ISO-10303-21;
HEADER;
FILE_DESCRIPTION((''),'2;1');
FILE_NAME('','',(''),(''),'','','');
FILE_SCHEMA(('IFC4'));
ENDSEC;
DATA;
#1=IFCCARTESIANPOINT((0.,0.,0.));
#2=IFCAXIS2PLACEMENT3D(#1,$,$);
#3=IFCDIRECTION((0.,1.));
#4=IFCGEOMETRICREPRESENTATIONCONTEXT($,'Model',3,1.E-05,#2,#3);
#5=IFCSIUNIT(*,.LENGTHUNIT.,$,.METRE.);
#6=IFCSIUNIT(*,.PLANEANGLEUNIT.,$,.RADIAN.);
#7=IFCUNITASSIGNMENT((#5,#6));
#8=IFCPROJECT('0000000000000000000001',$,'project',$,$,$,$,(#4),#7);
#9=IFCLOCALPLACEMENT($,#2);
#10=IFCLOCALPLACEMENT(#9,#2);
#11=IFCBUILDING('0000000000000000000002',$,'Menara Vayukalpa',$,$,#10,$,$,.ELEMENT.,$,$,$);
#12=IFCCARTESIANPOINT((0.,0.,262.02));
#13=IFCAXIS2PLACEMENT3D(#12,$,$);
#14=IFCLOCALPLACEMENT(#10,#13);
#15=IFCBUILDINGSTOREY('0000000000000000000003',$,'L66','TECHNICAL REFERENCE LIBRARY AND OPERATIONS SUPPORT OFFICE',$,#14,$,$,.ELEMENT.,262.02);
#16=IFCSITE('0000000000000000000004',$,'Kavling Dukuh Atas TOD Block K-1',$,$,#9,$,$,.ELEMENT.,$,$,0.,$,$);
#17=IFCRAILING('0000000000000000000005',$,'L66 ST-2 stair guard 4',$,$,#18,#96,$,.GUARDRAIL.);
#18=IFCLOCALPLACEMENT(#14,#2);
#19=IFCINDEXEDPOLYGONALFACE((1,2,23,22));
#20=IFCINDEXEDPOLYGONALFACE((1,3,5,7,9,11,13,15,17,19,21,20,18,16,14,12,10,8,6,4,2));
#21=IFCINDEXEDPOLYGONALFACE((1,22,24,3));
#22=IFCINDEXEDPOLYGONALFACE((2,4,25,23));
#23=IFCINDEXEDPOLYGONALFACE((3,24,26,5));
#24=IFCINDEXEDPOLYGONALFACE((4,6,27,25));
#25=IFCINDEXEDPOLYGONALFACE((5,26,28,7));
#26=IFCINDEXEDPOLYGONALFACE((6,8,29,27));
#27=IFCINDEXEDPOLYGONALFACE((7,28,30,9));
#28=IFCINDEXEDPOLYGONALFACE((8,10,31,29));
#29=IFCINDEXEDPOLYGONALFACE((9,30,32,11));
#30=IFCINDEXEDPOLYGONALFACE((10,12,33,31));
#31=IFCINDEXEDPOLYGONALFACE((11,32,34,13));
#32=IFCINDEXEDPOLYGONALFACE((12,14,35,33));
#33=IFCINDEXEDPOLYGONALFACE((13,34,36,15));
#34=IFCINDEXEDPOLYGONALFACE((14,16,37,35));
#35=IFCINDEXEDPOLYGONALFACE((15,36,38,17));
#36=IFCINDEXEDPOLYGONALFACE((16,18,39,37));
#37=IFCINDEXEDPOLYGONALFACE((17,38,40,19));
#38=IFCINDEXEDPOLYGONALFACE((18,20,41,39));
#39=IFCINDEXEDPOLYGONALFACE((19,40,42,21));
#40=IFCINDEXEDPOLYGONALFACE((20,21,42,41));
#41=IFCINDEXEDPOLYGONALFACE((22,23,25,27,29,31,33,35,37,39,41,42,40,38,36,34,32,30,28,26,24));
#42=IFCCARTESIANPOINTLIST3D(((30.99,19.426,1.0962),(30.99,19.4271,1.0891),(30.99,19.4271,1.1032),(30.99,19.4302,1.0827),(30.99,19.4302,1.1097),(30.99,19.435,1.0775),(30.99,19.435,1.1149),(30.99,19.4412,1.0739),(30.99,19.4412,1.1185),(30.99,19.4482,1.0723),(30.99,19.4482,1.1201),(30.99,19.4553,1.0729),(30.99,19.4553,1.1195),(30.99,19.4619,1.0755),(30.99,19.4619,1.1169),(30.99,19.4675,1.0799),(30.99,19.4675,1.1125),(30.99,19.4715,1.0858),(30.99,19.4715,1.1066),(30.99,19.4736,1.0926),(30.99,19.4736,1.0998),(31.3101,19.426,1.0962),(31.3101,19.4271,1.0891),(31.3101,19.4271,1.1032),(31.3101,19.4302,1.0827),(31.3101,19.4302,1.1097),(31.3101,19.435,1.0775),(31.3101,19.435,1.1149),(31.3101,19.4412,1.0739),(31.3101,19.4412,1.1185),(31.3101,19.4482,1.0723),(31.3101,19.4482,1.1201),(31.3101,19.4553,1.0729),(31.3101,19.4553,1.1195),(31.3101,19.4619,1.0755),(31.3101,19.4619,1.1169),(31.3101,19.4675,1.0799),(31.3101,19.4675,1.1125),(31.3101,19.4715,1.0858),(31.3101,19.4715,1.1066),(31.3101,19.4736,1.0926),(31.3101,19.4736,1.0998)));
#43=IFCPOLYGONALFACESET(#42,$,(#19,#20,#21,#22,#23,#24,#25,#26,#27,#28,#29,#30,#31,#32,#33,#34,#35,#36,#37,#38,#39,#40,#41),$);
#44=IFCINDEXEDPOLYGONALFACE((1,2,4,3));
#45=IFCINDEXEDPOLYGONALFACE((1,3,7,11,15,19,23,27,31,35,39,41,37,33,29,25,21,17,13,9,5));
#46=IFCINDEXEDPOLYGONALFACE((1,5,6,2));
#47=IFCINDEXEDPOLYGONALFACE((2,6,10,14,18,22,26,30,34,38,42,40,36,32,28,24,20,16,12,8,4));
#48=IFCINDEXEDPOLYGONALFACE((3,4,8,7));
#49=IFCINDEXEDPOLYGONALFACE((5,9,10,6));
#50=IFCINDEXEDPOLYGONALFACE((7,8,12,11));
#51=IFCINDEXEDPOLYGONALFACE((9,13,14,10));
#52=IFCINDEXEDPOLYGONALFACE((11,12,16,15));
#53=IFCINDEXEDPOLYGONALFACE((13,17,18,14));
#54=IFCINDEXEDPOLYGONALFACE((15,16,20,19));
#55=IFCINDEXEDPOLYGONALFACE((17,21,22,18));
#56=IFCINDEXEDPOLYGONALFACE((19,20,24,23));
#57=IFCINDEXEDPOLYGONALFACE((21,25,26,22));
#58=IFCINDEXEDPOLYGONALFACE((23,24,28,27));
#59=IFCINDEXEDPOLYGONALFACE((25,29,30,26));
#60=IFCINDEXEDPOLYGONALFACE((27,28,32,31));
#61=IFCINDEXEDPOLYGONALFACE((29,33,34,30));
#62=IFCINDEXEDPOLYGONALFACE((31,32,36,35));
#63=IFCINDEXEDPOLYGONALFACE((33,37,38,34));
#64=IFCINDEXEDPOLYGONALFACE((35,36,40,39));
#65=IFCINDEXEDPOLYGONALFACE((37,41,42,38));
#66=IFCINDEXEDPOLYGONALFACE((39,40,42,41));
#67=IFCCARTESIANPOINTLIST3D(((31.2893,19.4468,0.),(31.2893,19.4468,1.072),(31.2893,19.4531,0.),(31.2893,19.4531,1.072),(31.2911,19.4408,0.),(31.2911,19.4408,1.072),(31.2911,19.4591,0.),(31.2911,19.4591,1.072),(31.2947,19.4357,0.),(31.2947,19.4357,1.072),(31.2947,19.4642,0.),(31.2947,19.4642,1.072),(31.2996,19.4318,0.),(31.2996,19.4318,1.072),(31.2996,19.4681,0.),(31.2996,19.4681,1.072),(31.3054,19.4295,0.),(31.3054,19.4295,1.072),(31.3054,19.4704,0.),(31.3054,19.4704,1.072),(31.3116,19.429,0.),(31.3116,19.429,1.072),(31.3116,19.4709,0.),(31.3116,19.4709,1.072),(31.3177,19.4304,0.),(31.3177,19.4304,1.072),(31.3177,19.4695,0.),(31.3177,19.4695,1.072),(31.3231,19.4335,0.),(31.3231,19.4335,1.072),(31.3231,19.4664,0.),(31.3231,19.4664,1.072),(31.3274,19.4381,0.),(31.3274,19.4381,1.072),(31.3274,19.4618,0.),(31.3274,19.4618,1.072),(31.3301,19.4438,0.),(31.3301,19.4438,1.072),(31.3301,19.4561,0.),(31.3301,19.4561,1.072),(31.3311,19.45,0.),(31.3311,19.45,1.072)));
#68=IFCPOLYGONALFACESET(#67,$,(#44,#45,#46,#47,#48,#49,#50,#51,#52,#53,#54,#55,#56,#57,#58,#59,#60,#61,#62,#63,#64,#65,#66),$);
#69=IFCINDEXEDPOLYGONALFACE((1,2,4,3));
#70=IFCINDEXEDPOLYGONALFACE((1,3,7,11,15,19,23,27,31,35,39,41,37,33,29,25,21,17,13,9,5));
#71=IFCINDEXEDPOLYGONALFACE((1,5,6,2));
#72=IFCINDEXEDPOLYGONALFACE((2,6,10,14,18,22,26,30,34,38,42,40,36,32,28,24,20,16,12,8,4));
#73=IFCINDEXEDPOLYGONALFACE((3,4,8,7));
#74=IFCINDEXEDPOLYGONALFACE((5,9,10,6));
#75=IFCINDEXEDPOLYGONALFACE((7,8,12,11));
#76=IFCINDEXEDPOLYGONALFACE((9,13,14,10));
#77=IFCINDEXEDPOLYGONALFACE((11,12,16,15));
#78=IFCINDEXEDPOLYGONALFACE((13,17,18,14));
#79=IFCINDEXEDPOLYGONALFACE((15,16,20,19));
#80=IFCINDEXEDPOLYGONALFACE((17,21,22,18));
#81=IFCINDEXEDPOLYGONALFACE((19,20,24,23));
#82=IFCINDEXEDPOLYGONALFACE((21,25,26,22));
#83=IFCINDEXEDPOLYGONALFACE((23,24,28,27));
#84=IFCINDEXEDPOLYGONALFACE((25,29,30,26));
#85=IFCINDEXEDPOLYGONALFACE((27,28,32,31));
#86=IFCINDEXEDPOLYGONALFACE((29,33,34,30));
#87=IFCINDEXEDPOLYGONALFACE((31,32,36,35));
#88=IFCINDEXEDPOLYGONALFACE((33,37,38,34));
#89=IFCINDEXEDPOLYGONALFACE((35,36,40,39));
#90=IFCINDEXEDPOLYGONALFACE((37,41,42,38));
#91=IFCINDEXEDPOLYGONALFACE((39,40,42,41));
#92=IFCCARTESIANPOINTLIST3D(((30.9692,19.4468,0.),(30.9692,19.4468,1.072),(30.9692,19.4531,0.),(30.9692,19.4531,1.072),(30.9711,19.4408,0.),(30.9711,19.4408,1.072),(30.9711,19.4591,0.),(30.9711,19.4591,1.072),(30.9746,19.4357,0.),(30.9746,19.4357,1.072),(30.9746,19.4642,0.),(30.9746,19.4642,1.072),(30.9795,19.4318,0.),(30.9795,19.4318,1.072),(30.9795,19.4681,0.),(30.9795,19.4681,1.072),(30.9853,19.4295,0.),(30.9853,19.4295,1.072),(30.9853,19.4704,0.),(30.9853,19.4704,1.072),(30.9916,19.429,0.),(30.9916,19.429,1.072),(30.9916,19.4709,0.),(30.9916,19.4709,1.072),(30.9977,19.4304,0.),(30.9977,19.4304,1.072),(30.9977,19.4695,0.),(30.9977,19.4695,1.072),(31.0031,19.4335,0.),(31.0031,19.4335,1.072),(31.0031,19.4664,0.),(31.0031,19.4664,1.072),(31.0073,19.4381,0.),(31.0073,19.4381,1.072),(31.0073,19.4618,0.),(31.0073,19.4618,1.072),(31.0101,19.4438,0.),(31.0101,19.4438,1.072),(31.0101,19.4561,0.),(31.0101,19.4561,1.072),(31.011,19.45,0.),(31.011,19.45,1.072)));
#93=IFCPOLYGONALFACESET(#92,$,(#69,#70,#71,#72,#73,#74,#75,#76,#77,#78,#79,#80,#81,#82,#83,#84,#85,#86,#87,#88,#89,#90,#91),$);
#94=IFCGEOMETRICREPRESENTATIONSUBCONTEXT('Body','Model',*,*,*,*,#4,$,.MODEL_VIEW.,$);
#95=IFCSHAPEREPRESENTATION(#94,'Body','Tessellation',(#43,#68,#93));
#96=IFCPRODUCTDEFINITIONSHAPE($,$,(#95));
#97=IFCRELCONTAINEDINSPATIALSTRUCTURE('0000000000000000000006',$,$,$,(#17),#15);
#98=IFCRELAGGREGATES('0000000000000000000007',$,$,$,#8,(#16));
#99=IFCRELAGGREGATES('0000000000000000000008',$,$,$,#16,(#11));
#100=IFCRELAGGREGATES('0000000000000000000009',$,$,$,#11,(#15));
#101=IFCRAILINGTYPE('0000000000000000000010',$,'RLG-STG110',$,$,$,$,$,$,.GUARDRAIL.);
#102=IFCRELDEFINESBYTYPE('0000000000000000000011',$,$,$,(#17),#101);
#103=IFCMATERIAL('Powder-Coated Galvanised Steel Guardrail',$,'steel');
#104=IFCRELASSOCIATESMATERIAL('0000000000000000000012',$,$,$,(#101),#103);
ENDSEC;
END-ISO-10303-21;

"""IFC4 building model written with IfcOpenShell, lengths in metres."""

from ifc_helpers import new_model, si_unit, direction, frame, origin, origin_2d, place, context, subcontext, project, spatial, circle, extrude, material, type_object, element, save


model = new_model("IFC4")

# Units and contexts
model_context = context("Model", 3, precision=1e-05, world=origin(), true_north=direction((0.0, 1.0)))
body_context = subcontext(model_context, "Body", "Model", "MODEL_VIEW")
ifc_project = project(units=[si_unit("LENGTHUNIT", "METRE"), si_unit("PLANEANGLEUNIT", "RADIAN")], contexts=[model_context])

# Site, building, storey
site_placement = place(None, origin())
site = spatial("IfcSite", under=ifc_project, at=site_placement, Name="Kavling Dukuh Atas TOD Block K-1", CompositionType="ELEMENT", RefElevation=0.0)
building_placement = place(site_placement, origin())
building = spatial("IfcBuilding", under=site, at=building_placement, Name="Menara Vayukalpa", CompositionType="ELEMENT")
storey_placement = place(building_placement, frame((0.0, 0.0, 262.02)))
storey = spatial("IfcBuildingStorey", under=building, at=storey_placement, Name="L66", Description="TECHNICAL REFERENCE LIBRARY AND OPERATIONS SUPPORT OFFICE", CompositionType="ELEMENT", Elevation=262.02)

# Railing
ifc_material_1 = material(Name="Powder-Coated Galvanised Steel Guardrail", Category="steel")
railing_type_1 = type_object("IfcRailingType", Name="RLG-STG110", PredefinedType="GUARDRAIL", material=ifc_material_1)
railing_1_placement = place(storey_placement, frame((31.3101, 19.45, 0.0)))
element("IfcRailing", 1, at=railing_1_placement, inside=storey, type_object=railing_type_1, Name="L66 ST-2 stair guard 4", PredefinedType="GUARDRAIL", context=body_context, shape_type="SweptSolid", body=[
    extrude(circle(Radius=0.0239, at=origin_2d()), frame((0.0, 0.0, 1.0962), z_axis=(-1.0, 0.0, 0.0), x_axis=(0.0, -1.0, 0.0)), (0.0, 0.0, 1.0), 0.3201),
    extrude(circle(Radius=0.021, at=origin_2d()), origin(), (0.0, 0.0, 1.0), 1.072),
    extrude(circle(Radius=0.021, at=origin_2d()), frame((-0.3201, 0.0, 0.0)), (0.0, 0.0, 1.0), 1.072),
])

save(model, "model.ifc")
